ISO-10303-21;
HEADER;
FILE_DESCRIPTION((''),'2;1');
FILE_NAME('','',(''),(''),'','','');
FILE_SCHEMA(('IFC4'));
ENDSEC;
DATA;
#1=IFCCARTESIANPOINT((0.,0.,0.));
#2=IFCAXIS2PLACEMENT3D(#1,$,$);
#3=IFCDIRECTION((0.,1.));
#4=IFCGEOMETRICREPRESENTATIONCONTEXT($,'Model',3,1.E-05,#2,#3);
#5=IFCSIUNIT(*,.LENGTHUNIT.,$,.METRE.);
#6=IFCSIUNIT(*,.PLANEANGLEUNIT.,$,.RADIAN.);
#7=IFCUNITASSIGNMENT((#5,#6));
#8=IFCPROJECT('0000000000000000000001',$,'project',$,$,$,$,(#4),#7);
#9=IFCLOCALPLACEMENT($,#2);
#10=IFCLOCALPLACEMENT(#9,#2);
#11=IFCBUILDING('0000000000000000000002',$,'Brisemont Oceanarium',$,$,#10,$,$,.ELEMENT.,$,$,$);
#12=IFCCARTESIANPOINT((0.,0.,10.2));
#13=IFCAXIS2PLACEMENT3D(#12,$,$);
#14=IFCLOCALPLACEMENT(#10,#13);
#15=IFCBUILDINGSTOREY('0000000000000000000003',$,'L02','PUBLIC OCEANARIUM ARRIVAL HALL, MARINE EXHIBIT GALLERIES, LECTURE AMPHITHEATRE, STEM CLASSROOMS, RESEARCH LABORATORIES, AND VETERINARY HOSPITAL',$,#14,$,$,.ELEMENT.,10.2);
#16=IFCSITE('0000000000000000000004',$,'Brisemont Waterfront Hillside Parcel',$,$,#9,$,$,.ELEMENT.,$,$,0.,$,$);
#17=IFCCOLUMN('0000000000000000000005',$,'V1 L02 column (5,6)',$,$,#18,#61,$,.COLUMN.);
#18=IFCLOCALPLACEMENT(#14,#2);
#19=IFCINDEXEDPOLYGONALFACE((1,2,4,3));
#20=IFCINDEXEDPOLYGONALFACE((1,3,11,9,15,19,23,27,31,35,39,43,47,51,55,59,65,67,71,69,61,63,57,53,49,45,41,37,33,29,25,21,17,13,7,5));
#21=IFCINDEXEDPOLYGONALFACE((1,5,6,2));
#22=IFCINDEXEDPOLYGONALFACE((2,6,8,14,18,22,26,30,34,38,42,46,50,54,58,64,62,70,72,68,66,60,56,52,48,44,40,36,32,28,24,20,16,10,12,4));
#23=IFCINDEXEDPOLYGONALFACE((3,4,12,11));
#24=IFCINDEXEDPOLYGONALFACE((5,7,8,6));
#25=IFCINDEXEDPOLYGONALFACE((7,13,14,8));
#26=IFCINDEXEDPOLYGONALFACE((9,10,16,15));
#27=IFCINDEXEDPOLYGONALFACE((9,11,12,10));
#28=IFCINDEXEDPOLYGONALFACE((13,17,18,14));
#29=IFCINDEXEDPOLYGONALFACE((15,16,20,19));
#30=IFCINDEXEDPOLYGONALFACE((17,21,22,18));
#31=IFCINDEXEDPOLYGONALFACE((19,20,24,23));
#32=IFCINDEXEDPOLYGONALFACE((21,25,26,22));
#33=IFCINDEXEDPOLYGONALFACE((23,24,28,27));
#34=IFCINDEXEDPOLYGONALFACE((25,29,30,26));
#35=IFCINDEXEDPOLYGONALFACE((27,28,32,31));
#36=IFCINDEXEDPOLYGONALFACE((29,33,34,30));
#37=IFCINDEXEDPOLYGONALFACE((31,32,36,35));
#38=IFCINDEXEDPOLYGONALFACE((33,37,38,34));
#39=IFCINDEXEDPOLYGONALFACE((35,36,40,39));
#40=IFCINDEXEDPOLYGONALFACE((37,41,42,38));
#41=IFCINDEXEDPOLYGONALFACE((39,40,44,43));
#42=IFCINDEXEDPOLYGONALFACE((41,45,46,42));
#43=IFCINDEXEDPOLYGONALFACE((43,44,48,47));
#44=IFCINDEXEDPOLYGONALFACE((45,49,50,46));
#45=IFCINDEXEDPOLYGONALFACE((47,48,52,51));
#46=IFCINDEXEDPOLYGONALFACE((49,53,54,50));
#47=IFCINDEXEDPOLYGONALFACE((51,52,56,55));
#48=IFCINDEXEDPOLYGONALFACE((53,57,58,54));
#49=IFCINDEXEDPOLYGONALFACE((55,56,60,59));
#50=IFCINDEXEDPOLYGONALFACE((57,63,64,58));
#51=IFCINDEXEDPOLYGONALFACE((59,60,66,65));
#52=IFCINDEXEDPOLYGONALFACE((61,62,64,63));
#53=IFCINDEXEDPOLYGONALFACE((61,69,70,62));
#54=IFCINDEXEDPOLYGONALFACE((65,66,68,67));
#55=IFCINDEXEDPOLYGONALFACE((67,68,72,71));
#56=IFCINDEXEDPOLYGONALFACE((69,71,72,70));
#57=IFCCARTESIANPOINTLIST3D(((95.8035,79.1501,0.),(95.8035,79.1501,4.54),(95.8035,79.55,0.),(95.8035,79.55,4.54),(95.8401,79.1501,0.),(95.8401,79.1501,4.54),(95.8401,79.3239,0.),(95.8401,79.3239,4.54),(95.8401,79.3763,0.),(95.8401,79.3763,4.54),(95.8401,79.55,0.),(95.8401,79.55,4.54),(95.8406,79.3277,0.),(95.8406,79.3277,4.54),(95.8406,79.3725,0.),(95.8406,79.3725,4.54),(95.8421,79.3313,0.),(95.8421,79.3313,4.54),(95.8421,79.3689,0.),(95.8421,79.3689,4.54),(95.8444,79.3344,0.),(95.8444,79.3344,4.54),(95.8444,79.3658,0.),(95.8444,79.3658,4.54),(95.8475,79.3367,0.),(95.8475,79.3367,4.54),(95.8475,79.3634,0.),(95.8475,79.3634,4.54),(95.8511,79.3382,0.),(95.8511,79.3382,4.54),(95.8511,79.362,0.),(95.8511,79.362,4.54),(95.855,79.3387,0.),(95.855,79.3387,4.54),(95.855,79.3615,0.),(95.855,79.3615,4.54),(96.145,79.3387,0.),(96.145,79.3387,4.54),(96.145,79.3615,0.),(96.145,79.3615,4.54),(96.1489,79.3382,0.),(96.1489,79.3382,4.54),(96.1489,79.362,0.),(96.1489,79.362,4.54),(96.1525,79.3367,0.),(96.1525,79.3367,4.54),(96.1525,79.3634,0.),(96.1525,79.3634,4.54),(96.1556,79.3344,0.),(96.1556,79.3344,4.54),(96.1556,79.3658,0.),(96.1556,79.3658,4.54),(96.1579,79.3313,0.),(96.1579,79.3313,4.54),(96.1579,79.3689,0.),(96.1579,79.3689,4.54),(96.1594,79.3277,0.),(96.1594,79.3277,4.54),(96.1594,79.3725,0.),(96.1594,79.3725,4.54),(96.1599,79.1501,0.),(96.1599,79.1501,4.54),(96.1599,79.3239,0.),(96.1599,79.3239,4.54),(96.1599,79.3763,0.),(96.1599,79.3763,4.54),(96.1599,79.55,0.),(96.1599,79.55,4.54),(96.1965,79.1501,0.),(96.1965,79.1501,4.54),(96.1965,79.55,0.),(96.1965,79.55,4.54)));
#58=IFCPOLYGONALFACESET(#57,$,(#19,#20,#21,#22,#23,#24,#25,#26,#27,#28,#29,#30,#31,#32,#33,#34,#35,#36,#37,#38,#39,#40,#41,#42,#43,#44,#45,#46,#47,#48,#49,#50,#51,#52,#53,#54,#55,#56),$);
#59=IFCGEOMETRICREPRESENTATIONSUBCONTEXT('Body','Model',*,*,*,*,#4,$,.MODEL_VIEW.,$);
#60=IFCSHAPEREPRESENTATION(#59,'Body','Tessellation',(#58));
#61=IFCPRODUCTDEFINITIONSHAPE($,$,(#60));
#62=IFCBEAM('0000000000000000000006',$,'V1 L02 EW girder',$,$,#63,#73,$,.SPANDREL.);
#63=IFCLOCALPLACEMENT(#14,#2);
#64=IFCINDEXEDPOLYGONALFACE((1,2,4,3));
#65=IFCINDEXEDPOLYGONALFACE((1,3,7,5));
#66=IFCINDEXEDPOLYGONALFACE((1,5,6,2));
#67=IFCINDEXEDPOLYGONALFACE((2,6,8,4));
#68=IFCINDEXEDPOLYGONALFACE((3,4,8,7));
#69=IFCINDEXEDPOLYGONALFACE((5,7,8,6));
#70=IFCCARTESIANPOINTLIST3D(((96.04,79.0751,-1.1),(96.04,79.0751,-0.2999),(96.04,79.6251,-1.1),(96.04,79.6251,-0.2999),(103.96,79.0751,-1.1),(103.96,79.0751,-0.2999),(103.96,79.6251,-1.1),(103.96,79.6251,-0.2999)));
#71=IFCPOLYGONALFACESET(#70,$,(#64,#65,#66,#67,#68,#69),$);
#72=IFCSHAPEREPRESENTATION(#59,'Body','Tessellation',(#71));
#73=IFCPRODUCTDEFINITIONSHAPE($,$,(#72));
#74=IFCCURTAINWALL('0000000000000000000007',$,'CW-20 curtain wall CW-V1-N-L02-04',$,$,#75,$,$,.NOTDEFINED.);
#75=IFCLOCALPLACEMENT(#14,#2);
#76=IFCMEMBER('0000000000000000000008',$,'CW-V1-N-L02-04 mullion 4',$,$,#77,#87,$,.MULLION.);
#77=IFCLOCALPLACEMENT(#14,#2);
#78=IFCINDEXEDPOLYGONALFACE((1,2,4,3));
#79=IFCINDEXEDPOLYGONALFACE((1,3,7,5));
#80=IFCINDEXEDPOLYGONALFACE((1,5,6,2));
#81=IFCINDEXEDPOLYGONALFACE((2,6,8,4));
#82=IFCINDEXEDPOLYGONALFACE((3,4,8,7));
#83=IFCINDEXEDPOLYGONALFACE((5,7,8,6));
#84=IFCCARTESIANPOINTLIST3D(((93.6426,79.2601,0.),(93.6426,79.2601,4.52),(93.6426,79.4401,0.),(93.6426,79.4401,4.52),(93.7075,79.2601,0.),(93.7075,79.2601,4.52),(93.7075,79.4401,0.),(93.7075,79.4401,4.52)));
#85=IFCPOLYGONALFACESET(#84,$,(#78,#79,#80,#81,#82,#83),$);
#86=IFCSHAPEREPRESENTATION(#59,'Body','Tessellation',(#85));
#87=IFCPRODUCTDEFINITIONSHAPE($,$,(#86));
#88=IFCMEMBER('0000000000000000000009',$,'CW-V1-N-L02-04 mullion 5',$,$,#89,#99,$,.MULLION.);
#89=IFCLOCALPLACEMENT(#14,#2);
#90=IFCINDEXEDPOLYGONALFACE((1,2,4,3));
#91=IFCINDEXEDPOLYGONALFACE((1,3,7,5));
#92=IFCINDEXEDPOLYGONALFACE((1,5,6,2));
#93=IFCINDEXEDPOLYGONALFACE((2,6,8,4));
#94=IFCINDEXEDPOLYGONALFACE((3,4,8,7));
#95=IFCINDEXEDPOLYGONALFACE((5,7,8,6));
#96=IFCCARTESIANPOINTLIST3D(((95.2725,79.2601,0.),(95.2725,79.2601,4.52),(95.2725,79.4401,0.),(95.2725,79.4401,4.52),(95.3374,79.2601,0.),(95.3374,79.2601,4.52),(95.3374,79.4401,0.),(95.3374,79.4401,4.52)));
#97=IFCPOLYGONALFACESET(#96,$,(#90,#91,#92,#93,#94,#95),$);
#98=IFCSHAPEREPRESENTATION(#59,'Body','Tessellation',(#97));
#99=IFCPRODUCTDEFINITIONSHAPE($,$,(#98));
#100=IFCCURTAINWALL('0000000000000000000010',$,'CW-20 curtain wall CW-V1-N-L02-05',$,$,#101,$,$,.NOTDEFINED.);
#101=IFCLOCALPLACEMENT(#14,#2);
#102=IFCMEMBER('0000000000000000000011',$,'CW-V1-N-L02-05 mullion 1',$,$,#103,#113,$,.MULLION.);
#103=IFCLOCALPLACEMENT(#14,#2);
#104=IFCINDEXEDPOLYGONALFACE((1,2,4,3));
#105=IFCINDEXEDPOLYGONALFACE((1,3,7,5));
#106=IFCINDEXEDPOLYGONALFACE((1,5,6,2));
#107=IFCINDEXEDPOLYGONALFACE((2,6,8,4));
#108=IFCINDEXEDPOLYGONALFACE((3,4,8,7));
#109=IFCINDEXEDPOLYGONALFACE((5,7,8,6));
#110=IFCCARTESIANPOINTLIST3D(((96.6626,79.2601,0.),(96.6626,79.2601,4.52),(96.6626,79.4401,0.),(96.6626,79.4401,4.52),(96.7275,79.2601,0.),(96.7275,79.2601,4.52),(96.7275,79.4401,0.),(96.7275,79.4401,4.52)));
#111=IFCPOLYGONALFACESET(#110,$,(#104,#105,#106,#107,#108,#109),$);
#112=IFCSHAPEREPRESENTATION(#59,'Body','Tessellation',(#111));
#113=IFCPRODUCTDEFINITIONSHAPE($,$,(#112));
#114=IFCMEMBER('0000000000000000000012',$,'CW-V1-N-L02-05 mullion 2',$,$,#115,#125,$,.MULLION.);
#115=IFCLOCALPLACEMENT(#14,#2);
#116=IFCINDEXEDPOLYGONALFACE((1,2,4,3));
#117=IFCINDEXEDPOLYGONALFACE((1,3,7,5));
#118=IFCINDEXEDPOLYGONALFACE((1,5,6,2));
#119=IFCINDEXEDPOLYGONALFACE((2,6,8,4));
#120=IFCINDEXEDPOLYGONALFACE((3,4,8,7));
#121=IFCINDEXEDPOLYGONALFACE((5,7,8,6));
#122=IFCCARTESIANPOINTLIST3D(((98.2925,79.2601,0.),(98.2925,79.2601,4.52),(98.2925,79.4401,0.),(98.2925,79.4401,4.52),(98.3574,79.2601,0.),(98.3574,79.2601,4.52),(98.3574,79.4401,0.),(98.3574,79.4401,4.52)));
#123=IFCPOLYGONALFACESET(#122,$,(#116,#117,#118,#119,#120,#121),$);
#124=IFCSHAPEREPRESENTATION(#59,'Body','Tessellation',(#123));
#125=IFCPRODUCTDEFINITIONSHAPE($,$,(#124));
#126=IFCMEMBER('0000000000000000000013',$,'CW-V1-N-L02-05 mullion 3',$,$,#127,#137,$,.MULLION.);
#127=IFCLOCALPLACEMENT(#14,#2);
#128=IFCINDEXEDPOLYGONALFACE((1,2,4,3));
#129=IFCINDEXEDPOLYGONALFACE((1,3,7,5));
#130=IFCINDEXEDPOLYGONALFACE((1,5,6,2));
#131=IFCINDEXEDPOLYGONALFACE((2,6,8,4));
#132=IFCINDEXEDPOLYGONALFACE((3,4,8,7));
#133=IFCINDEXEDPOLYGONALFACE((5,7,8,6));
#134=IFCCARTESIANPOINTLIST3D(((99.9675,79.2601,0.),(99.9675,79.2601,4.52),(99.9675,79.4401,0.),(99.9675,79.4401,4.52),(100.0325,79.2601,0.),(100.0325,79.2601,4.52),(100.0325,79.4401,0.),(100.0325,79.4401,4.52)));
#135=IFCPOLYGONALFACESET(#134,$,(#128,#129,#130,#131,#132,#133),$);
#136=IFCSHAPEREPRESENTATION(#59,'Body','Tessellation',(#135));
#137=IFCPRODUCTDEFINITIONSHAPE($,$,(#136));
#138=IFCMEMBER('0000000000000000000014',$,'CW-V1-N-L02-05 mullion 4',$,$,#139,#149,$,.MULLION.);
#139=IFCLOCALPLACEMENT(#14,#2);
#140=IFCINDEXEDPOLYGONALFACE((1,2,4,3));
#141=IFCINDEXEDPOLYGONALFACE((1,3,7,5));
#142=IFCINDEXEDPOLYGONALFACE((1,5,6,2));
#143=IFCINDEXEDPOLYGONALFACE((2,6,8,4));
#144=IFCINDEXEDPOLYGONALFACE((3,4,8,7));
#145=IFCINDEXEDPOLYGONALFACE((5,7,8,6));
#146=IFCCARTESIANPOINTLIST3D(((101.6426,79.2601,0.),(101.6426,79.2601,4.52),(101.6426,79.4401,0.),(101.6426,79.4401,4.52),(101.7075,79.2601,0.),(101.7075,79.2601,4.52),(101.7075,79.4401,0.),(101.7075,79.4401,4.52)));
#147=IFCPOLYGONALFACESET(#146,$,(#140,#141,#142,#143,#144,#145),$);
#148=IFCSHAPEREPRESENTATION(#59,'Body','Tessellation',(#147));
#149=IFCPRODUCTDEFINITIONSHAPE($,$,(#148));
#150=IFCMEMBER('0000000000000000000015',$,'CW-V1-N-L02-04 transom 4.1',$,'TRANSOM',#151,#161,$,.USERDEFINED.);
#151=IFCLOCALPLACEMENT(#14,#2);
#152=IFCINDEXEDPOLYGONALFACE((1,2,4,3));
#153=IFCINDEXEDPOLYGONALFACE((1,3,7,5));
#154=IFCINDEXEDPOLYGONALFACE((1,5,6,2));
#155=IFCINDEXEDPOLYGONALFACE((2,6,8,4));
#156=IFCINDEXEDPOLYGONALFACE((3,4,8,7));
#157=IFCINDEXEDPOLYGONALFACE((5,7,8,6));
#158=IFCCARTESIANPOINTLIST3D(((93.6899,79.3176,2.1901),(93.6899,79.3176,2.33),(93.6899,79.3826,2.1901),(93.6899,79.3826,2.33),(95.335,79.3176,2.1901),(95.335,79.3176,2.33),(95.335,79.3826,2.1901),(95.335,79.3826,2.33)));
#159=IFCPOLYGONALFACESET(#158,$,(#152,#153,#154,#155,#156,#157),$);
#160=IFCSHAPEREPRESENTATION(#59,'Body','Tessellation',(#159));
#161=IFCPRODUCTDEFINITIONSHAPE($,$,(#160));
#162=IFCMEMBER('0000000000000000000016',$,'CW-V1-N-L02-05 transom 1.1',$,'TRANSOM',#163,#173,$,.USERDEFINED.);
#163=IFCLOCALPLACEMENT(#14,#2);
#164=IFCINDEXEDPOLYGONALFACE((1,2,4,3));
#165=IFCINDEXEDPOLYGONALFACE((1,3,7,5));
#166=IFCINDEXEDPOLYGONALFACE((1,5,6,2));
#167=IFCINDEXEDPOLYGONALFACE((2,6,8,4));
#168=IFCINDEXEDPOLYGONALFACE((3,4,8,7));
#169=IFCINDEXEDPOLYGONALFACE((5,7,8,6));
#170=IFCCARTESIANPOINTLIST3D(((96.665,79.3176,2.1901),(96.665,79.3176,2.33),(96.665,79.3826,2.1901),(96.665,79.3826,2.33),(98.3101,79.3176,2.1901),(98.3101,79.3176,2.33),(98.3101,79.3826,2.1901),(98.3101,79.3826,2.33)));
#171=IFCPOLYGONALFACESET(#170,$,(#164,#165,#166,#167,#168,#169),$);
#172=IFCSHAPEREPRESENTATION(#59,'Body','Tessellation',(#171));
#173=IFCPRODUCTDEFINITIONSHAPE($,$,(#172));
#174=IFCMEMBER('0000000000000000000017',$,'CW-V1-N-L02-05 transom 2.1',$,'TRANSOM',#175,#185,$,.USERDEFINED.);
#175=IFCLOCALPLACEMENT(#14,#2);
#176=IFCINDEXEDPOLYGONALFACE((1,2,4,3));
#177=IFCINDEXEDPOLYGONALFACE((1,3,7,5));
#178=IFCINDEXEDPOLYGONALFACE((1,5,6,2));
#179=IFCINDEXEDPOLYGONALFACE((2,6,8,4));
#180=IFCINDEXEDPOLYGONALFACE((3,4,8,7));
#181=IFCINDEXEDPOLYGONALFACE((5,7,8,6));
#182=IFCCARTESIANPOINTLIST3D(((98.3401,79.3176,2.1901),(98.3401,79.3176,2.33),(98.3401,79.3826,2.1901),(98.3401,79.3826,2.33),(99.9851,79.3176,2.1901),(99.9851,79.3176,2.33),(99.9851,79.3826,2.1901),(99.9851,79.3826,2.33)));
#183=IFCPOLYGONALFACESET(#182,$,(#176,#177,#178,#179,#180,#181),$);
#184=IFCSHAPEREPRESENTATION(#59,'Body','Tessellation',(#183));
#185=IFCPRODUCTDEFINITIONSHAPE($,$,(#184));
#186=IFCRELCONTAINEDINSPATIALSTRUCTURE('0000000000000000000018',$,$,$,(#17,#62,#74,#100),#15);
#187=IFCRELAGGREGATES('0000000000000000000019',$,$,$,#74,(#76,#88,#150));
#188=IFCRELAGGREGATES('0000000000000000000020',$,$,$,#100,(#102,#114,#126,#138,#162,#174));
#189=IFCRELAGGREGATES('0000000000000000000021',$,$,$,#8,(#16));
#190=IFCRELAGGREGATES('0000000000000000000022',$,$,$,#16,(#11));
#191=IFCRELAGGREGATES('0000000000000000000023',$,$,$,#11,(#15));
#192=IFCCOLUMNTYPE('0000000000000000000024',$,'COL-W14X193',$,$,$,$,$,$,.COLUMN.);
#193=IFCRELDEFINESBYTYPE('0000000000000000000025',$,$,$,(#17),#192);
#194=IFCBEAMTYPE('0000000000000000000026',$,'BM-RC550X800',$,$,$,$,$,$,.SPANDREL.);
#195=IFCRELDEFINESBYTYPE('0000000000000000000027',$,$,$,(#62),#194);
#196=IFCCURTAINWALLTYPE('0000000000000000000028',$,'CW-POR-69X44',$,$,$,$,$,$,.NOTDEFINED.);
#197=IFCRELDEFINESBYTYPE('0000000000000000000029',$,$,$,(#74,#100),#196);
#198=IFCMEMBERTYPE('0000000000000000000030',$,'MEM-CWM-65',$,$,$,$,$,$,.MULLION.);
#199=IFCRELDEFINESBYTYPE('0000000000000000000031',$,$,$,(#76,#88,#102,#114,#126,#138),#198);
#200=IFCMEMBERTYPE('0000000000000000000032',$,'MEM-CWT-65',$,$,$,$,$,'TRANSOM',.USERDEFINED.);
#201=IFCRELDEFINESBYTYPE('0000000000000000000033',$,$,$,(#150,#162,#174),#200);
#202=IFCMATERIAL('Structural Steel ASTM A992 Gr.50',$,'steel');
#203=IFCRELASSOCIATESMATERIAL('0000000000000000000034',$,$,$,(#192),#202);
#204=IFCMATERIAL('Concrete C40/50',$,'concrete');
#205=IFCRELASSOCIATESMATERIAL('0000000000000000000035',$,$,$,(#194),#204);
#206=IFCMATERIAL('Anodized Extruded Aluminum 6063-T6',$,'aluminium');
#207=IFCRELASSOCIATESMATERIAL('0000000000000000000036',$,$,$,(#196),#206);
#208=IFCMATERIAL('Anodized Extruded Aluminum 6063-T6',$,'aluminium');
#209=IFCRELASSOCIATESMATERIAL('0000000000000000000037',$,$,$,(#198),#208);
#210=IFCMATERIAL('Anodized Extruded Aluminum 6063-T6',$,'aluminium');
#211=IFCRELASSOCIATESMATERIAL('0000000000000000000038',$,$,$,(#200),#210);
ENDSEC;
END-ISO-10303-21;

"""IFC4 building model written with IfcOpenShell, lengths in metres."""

from ifc_helpers import new_model, si_unit, direction, frame, origin, origin_2d, place, context, subcontext, project, spatial, rectangle, i_section, extrude, material, material_profile, profile_set, type_object, element, aggregate, save


model = new_model("IFC4")

# Units and contexts
model_context = context("Model", 3, precision=1e-05, world=origin(), true_north=direction((0.0, 1.0)))
body_context = subcontext(model_context, "Body", "Model", "MODEL_VIEW")
ifc_project = project(units=[si_unit("LENGTHUNIT", "METRE"), si_unit("PLANEANGLEUNIT", "RADIAN")], contexts=[model_context])

# Site, building, storey
site_placement = place(None, origin())
site = spatial("IfcSite", under=ifc_project, at=site_placement, Name="Brisemont Waterfront Hillside Parcel", CompositionType="ELEMENT", RefElevation=0.0)
building_placement = place(site_placement, origin())
building = spatial("IfcBuilding", under=site, at=building_placement, Name="Brisemont Oceanarium", CompositionType="ELEMENT")
storey_placement = place(building_placement, frame((0.0, 0.0, 10.2)))
storey = spatial("IfcBuildingStorey", under=building, at=storey_placement, Name="L02", Description="PUBLIC OCEANARIUM ARRIVAL HALL, MARINE EXHIBIT GALLERIES, LECTURE AMPHITHEATRE, STEM CLASSROOMS, RESEARCH LABORATORIES, AND VETERINARY HOSPITAL", CompositionType="ELEMENT", Elevation=10.2)

# Column
ifc_material_1 = material(Name="Structural Steel ASTM A992 Gr.50", Category="steel")
ifc_material_profile_1 = material_profile(ifc_material_1, i_section(OverallWidth=0.3999, OverallDepth=0.3931, WebThickness=0.0227, FlangeThickness=0.0366, FilletRadius=0.0149, at=origin_2d()), Name="W14X193")
ifc_profile_set_1 = profile_set([ifc_material_profile_1], Name="Structural Steel ASTM A992 Gr.50")
column_type = type_object("IfcColumnType", Name="COL-W14X193", PredefinedType="COLUMN", material=ifc_profile_set_1)
column_placement = place(storey_placement, frame((96.0, 79.3501, 0.0), z_axis=(0.0, 0.0, 1.0), x_axis=(0.0, 1.0, 0.0)))
element("IfcColumn", 1, at=column_placement, inside=storey, type_object=column_type, Name="V1 L02 column (5,6)", PredefinedType="COLUMN", context=body_context, shape_type="SweptSolid", body=[
    extrude(i_section(OverallWidth=0.3999, OverallDepth=0.3931, WebThickness=0.0227, FlangeThickness=0.0366, FilletRadius=0.0149, at=origin_2d()), origin(), (0.0, 0.0, 1.0), 4.54),
])

# Beam
ifc_material_2 = material(Name="Concrete C40/50", Category="concrete")
ifc_material_profile_2 = material_profile(ifc_material_2, rectangle(XDim=0.55, YDim=0.8, at=origin_2d()), Name="RC-BM-550X800")
ifc_profile_set_2 = profile_set([ifc_material_profile_2], Name="Concrete C40/50")
beam_type = type_object("IfcBeamType", Name="BM-RC550X800", PredefinedType="SPANDREL", material=ifc_profile_set_2)
beam_placement = place(storey_placement, frame((96.04, 79.3501, -0.7), z_axis=(1.0, 0.0, 0.0), x_axis=(0.0, 1.0, 0.0)))
element("IfcBeam", 2, at=beam_placement, inside=storey, type_object=beam_type, Name="V1 L02 EW girder", PredefinedType="SPANDREL", context=body_context, shape_type="SweptSolid", body=[
    extrude(rectangle(XDim=0.55, YDim=0.8, at=origin_2d()), origin(), (0.0, 0.0, 1.0), 7.9199),
])

# Curtain walls, members
ifc_material_3 = material(Name="Anodized Extruded Aluminum 6063-T6", Category="aluminium")
curtain_wall_type = type_object("IfcCurtainWallType", Name="CW-POR-69X44", PredefinedType="NOTDEFINED", material=ifc_material_3)
curtain_wall_1_placement = place(storey_placement, origin())
curtain_wall_1 = element("IfcCurtainWall", 3, at=curtain_wall_1_placement, inside=storey, type_object=curtain_wall_type, Name="CW-20 curtain wall CW-V1-N-L02-04", PredefinedType="NOTDEFINED")
ifc_material_4 = material(Name="Anodized Extruded Aluminum 6063-T6", Category="aluminium")
ifc_material_profile_3 = material_profile(ifc_material_4, rectangle(XDim=0.0649, YDim=0.1799, at=origin_2d()), Name="CWM-65X180")
ifc_profile_set_3 = profile_set([ifc_material_profile_3], Name="Anodized Extruded Aluminum 6063-T6")
member_type_1 = type_object("IfcMemberType", Name="MEM-CWM-65", PredefinedType="MULLION", material=ifc_profile_set_3)
member_1_placement = place(storey_placement, frame((93.675, 79.3501, 0.0), z_axis=(0.0, 0.0, 1.0), x_axis=(1.0, 0.0, 0.0)))
member_1 = element("IfcMember", 4, at=member_1_placement, type_object=member_type_1, Name="CW-V1-N-L02-04 mullion 4", PredefinedType="MULLION", context=body_context, shape_type="SweptSolid", body=[
    extrude(rectangle(XDim=0.0649, YDim=0.1799, at=origin_2d()), origin(), (0.0, 0.0, 1.0), 4.52),
])
member_2_placement = place(storey_placement, frame((95.3049, 79.3501, 0.0), z_axis=(0.0, 0.0, 1.0), x_axis=(1.0, 0.0, 0.0)))
member_2 = element("IfcMember", 5, at=member_2_placement, type_object=member_type_1, Name="CW-V1-N-L02-04 mullion 5", PredefinedType="MULLION", context=body_context, shape_type="SweptSolid", body=[
    extrude(rectangle(XDim=0.0649, YDim=0.1799, at=origin_2d()), origin(), (0.0, 0.0, 1.0), 4.52),
])
curtain_wall_2_placement = place(storey_placement, origin())
curtain_wall_2 = element("IfcCurtainWall", 6, at=curtain_wall_2_placement, inside=storey, type_object=curtain_wall_type, Name="CW-20 curtain wall CW-V1-N-L02-05", PredefinedType="NOTDEFINED")
member_3_placement = place(storey_placement, frame((96.6951, 79.3501, 0.0), z_axis=(0.0, 0.0, 1.0), x_axis=(1.0, 0.0, 0.0)))
member_3 = element("IfcMember", 7, at=member_3_placement, type_object=member_type_1, Name="CW-V1-N-L02-05 mullion 1", PredefinedType="MULLION", context=body_context, shape_type="SweptSolid", body=[
    extrude(rectangle(XDim=0.0649, YDim=0.1799, at=origin_2d()), origin(), (0.0, 0.0, 1.0), 4.52),
])
member_4_placement = place(storey_placement, frame((98.325, 79.3501, 0.0), z_axis=(0.0, 0.0, 1.0), x_axis=(1.0, 0.0, 0.0)))
member_4 = element("IfcMember", 8, at=member_4_placement, type_object=member_type_1, Name="CW-V1-N-L02-05 mullion 2", PredefinedType="MULLION", context=body_context, shape_type="SweptSolid", body=[
    extrude(rectangle(XDim=0.0649, YDim=0.1799, at=origin_2d()), origin(), (0.0, 0.0, 1.0), 4.52),
])
member_5_placement = place(storey_placement, frame((100.0, 79.3501, 0.0), z_axis=(0.0, 0.0, 1.0), x_axis=(1.0, 0.0, 0.0)))
member_5 = element("IfcMember", 9, at=member_5_placement, type_object=member_type_1, Name="CW-V1-N-L02-05 mullion 3", PredefinedType="MULLION", context=body_context, shape_type="SweptSolid", body=[
    extrude(rectangle(XDim=0.0649, YDim=0.1799, at=origin_2d()), origin(), (0.0, 0.0, 1.0), 4.52),
])
member_6_placement = place(storey_placement, frame((101.675, 79.3501, 0.0), z_axis=(0.0, 0.0, 1.0), x_axis=(1.0, 0.0, 0.0)))
member_6 = element("IfcMember", 10, at=member_6_placement, type_object=member_type_1, Name="CW-V1-N-L02-05 mullion 4", PredefinedType="MULLION", context=body_context, shape_type="SweptSolid", body=[
    extrude(rectangle(XDim=0.0649, YDim=0.1799, at=origin_2d()), origin(), (0.0, 0.0, 1.0), 4.52),
])

# Members
ifc_material_5 = material(Name="Anodized Extruded Aluminum 6063-T6", Category="aluminium")
ifc_material_profile_4 = material_profile(ifc_material_5, rectangle(XDim=0.0649, YDim=0.1399, at=origin_2d()), Name="CWT-65X140")
ifc_profile_set_4 = profile_set([ifc_material_profile_4], Name="Anodized Extruded Aluminum 6063-T6")
member_type_2 = type_object("IfcMemberType", Name="MEM-CWT-65", ElementType="TRANSOM", PredefinedType="USERDEFINED", material=ifc_profile_set_4)
member_7_placement = place(storey_placement, frame((93.6899, 79.3501, 2.26), z_axis=(1.0, 0.0, 0.0), x_axis=(0.0, 1.0, 0.0)))
member_7 = element("IfcMember", 11, at=member_7_placement, type_object=member_type_2, Name="CW-V1-N-L02-04 transom 4.1", ObjectType="TRANSOM", PredefinedType="USERDEFINED", context=body_context, shape_type="SweptSolid", body=[
    extrude(rectangle(XDim=0.0649, YDim=0.1399, at=origin_2d()), origin(), (0.0, 0.0, 1.0), 1.645),
])
member_8_placement = place(storey_placement, frame((96.665, 79.3501, 2.26), z_axis=(1.0, 0.0, 0.0), x_axis=(0.0, 1.0, 0.0)))
member_8 = element("IfcMember", 12, at=member_8_placement, type_object=member_type_2, Name="CW-V1-N-L02-05 transom 1.1", ObjectType="TRANSOM", PredefinedType="USERDEFINED", context=body_context, shape_type="SweptSolid", body=[
    extrude(rectangle(XDim=0.0649, YDim=0.1399, at=origin_2d()), origin(), (0.0, 0.0, 1.0), 1.645),
])
member_9_placement = place(storey_placement, frame((98.3401, 79.3501, 2.26), z_axis=(1.0, 0.0, 0.0), x_axis=(0.0, 1.0, 0.0)))
member_9 = element("IfcMember", 13, at=member_9_placement, type_object=member_type_2, Name="CW-V1-N-L02-05 transom 2.1", ObjectType="TRANSOM", PredefinedType="USERDEFINED", context=body_context, shape_type="SweptSolid", body=[
    extrude(rectangle(XDim=0.0649, YDim=0.1399, at=origin_2d()), origin(), (0.0, 0.0, 1.0), 1.645),
])

aggregate(curtain_wall_1, [member_1, member_2, member_7])
aggregate(curtain_wall_2, [member_3, member_4, member_5, member_6, member_8, member_9])

save(model, "model.ifc")
